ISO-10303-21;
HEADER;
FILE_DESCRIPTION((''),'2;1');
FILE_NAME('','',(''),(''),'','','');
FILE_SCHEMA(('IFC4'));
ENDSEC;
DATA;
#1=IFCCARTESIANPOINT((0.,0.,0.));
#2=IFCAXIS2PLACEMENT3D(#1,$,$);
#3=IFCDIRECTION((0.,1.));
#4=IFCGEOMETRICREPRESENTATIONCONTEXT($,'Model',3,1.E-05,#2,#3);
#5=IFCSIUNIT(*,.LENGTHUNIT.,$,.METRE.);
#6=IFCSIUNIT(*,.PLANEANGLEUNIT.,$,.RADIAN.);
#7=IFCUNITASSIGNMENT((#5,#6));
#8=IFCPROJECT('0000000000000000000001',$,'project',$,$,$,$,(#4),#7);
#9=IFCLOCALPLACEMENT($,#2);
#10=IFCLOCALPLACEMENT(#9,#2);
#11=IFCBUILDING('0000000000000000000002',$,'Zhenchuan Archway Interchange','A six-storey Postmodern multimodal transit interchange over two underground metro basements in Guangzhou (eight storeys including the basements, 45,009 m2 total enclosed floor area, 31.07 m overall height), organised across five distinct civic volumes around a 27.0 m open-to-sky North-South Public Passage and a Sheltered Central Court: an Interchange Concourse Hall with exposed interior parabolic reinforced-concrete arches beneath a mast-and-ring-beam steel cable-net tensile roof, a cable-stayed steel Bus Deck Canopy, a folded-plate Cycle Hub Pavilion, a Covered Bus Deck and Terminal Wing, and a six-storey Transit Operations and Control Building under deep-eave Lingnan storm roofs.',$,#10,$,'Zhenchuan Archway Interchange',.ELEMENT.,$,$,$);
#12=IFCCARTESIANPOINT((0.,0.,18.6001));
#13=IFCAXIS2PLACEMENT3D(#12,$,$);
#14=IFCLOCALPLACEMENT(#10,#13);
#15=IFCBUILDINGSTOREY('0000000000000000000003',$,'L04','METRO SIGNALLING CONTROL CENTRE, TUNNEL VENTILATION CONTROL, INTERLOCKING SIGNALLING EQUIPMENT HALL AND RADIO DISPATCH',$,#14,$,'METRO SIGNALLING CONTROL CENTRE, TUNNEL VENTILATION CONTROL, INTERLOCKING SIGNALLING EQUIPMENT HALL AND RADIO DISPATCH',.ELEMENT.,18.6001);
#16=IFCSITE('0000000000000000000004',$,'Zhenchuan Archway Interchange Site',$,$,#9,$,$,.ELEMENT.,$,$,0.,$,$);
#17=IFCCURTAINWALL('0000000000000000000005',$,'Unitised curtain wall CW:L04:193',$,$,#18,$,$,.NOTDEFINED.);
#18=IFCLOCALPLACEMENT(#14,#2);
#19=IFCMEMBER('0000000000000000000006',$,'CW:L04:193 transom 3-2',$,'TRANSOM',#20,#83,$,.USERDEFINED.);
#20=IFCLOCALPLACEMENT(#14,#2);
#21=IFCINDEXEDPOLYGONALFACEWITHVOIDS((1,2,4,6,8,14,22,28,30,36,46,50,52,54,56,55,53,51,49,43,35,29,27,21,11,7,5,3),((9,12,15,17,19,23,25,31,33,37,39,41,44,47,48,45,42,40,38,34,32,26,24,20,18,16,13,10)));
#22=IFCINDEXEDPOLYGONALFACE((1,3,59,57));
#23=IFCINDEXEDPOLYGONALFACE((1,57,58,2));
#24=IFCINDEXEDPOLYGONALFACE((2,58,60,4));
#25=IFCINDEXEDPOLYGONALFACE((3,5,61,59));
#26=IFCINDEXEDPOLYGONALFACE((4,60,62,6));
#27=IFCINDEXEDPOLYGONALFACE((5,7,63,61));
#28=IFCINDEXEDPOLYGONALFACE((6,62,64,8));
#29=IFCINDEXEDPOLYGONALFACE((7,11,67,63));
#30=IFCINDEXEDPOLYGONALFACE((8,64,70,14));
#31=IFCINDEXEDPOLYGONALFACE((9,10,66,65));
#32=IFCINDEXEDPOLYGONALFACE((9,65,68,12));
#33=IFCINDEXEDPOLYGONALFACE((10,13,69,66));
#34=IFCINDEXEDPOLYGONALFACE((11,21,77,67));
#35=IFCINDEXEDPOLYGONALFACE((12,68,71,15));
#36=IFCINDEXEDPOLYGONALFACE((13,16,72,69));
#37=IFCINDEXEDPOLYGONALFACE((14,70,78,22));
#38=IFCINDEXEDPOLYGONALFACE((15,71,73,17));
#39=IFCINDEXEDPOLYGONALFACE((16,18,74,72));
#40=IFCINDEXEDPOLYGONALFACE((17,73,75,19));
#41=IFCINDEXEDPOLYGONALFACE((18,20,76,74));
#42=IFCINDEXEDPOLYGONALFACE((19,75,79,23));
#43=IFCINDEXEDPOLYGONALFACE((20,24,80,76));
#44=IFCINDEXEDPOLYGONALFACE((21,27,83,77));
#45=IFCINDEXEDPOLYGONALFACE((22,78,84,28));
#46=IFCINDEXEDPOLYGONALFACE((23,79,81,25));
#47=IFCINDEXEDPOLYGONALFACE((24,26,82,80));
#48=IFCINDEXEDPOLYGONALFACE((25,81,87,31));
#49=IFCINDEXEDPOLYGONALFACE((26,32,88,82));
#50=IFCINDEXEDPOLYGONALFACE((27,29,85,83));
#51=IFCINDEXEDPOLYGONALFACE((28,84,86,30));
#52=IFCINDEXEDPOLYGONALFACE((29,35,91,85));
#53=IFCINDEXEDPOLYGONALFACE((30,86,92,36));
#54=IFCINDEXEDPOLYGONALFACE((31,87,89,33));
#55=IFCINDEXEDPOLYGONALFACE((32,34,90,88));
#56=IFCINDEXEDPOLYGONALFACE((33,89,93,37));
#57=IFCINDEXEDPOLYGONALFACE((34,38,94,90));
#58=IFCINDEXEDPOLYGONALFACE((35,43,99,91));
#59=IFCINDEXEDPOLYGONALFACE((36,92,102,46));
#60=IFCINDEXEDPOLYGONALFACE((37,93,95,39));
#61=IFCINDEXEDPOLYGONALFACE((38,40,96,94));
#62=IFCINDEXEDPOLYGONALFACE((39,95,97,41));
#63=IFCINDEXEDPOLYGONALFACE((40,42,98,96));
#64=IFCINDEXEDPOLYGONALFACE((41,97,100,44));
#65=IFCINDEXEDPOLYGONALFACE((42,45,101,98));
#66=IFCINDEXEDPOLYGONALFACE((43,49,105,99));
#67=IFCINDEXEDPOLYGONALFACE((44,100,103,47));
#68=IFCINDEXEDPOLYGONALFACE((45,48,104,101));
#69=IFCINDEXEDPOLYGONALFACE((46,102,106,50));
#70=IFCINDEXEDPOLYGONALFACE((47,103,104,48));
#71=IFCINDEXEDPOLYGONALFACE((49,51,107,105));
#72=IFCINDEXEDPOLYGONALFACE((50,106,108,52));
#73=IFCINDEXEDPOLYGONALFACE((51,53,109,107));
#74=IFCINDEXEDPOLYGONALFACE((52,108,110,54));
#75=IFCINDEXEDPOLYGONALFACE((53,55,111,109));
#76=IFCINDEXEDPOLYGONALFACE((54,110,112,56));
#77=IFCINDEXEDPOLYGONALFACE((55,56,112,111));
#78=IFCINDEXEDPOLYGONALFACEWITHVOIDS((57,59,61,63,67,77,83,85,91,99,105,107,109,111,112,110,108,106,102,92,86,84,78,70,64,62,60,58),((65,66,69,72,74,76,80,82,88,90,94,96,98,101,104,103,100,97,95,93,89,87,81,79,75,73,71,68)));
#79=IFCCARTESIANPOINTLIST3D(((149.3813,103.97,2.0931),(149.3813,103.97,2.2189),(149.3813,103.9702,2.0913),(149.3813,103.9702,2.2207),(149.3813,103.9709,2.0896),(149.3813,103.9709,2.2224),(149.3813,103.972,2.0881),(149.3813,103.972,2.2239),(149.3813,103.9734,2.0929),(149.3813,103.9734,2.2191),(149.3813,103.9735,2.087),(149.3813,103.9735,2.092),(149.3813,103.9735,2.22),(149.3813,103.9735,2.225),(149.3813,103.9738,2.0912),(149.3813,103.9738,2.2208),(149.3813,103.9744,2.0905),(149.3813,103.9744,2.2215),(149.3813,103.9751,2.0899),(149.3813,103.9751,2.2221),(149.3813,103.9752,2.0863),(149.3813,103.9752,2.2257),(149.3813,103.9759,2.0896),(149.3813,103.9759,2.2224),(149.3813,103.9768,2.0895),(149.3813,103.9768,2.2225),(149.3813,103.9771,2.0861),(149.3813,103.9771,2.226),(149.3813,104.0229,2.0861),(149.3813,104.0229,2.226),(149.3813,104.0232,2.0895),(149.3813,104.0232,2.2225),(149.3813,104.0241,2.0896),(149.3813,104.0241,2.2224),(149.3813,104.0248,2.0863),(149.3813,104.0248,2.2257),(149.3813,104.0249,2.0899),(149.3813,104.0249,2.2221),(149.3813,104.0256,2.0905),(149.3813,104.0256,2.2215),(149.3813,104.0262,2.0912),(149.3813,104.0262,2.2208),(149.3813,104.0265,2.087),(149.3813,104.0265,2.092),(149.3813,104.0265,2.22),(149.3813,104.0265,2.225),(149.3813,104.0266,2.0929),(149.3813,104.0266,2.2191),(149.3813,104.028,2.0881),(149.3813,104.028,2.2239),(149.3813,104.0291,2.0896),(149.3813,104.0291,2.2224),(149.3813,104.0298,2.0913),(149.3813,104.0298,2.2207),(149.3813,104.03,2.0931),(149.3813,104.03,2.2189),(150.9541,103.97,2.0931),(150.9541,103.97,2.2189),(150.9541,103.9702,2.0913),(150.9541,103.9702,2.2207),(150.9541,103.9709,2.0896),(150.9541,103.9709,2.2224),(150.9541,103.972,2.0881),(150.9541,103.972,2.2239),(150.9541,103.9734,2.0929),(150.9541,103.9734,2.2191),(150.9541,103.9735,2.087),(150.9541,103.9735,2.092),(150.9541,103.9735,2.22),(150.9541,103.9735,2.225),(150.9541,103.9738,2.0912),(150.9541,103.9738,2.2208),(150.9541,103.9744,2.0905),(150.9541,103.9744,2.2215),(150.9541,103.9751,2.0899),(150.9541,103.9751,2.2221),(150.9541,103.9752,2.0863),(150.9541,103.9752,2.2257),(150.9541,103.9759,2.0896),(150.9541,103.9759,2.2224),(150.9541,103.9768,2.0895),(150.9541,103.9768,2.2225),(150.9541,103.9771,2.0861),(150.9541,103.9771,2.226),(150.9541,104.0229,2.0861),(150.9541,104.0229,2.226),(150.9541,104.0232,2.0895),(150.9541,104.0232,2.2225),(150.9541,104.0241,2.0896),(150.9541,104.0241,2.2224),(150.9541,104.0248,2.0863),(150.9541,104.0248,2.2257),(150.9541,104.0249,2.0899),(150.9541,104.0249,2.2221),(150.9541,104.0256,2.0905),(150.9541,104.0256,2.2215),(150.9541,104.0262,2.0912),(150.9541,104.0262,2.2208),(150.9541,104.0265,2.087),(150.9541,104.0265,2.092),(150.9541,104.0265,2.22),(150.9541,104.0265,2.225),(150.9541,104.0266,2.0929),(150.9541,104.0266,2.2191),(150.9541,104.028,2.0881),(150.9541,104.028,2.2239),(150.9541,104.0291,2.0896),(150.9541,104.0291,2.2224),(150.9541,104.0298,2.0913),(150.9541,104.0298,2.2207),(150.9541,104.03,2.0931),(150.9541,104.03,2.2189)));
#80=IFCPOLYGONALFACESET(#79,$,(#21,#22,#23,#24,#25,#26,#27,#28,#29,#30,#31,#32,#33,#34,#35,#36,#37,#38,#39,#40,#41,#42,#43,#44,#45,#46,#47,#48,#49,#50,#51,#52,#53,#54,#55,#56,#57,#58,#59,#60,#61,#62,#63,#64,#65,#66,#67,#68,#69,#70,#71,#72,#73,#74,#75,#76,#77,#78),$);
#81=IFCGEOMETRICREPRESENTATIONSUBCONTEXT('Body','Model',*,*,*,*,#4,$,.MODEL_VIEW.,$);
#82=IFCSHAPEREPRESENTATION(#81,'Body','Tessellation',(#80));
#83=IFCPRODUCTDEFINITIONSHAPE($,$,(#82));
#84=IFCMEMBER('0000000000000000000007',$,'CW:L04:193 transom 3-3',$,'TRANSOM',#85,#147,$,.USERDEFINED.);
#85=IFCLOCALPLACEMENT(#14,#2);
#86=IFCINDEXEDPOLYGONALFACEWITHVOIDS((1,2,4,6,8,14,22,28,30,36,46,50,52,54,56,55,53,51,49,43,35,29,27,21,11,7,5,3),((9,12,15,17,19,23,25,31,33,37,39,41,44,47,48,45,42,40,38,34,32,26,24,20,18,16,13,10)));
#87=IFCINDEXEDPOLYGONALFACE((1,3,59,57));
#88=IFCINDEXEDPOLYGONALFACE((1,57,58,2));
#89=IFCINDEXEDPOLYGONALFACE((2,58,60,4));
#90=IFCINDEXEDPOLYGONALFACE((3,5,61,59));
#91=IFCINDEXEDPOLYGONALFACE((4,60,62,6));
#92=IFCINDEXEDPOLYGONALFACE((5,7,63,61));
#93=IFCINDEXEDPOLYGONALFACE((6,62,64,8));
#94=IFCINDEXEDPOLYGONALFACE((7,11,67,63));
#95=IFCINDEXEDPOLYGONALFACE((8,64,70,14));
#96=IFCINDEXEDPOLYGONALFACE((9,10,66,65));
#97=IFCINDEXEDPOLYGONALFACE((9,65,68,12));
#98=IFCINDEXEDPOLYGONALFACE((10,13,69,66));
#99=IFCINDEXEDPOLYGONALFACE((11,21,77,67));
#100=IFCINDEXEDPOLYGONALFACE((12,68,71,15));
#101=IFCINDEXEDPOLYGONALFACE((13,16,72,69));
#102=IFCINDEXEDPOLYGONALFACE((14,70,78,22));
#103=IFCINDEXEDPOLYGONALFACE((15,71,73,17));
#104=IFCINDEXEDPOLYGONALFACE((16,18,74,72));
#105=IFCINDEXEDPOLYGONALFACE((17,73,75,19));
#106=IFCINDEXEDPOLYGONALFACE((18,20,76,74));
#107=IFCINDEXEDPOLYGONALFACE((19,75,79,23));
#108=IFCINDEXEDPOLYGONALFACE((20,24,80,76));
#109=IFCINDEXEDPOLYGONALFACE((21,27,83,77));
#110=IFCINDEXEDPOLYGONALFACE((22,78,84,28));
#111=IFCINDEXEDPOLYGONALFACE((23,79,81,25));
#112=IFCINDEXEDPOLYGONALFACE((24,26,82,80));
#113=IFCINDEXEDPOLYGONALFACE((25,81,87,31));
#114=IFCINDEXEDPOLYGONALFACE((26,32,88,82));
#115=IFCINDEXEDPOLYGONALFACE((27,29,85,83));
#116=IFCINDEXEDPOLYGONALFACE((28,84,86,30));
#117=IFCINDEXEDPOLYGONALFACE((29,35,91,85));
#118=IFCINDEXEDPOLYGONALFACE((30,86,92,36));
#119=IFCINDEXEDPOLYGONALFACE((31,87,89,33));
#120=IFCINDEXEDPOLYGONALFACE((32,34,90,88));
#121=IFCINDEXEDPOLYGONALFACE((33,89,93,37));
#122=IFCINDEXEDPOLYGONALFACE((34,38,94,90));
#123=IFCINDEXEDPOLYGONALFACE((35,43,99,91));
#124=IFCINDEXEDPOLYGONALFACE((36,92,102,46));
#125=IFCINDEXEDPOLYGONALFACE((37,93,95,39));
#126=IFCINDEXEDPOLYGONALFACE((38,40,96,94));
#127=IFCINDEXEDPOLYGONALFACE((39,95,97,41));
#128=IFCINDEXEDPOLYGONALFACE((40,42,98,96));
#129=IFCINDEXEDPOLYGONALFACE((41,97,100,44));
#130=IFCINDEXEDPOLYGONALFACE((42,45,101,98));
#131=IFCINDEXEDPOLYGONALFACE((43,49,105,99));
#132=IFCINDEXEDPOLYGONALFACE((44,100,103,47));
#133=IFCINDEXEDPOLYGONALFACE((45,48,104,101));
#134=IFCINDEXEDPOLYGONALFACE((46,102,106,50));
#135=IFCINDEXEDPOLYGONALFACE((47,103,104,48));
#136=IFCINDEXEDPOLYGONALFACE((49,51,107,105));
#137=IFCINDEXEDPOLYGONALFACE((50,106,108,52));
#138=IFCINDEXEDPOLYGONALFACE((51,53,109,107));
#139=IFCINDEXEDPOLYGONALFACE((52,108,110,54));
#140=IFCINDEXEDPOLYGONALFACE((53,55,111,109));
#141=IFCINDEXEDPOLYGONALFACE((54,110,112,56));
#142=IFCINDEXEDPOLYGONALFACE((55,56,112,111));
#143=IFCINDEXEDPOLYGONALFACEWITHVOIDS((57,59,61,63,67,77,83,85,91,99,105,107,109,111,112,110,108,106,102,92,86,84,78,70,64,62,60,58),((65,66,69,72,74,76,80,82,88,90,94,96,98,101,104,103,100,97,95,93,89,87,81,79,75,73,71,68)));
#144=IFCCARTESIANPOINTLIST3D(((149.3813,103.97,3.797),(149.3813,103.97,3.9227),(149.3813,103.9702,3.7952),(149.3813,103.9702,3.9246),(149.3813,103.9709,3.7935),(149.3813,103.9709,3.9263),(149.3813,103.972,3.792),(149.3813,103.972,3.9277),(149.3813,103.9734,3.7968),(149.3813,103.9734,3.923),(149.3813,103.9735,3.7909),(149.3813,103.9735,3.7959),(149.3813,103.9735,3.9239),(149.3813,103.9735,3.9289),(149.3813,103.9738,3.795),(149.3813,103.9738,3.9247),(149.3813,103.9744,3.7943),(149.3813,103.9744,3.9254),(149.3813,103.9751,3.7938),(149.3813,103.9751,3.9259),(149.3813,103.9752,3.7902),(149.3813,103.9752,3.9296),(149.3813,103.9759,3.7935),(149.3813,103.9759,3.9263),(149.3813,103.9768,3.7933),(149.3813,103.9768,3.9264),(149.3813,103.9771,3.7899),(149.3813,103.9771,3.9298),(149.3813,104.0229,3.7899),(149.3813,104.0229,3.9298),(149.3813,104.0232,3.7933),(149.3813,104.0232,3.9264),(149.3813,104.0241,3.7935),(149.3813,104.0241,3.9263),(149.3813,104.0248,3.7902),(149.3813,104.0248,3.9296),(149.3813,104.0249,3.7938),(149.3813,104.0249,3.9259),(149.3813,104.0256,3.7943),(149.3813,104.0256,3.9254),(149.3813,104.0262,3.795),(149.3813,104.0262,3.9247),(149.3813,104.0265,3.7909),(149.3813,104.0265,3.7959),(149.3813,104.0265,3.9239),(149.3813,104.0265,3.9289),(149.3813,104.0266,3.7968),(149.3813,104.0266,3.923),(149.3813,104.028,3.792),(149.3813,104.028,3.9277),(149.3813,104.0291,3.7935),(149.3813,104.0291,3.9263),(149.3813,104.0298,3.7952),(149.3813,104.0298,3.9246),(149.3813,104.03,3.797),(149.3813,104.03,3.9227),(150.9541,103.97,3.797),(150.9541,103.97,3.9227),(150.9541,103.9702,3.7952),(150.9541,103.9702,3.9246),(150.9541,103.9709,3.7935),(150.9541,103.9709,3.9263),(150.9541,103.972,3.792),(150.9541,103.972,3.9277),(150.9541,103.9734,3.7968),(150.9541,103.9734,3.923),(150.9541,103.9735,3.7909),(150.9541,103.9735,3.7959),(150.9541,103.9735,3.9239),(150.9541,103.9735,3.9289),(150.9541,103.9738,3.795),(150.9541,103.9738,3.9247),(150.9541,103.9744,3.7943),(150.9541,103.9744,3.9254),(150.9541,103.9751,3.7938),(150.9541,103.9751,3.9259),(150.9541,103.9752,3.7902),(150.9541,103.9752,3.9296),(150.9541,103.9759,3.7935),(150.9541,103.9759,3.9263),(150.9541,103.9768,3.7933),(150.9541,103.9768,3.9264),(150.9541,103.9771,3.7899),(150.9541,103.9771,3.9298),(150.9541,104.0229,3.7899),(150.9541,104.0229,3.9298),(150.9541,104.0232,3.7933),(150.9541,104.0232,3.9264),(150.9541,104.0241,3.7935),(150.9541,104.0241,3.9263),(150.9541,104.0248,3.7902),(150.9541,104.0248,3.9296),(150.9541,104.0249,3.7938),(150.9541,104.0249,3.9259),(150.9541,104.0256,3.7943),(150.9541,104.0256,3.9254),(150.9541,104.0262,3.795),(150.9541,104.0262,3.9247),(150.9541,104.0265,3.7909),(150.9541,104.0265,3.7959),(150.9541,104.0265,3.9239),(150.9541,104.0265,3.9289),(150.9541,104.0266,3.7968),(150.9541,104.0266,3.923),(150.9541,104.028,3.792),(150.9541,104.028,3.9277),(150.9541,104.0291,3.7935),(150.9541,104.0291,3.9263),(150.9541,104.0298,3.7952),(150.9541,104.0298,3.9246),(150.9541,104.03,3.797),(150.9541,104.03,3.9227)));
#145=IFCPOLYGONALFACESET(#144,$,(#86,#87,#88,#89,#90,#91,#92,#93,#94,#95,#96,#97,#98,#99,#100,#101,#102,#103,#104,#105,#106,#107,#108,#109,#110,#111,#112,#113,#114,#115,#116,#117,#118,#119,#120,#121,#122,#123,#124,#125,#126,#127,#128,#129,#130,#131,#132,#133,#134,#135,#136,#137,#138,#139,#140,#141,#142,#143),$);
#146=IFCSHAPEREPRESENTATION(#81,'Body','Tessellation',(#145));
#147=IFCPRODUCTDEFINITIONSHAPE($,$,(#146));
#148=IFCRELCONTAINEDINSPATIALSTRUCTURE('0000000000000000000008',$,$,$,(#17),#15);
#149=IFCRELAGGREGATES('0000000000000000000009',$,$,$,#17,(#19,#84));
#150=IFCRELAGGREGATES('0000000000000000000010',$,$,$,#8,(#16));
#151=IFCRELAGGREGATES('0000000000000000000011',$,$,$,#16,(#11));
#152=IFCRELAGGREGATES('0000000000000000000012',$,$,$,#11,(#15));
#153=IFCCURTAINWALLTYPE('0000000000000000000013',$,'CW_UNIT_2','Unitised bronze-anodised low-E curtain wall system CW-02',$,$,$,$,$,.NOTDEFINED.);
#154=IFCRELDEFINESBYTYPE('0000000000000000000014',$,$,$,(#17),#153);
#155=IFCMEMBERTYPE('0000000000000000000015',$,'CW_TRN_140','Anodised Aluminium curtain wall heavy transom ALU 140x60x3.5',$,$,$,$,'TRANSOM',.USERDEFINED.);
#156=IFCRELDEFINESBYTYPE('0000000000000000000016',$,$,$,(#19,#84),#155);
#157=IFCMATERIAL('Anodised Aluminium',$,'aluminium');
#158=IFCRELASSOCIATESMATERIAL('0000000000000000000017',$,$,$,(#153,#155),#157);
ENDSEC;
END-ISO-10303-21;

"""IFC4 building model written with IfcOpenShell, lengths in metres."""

from ifc_helpers import new_model, si_unit, direction, frame, origin, origin_2d, place, context, subcontext, project, spatial, hollow_rectangle, extrude, material, material_profile, profile_set, type_object, element, aggregate, save


model = new_model("IFC4")

# Units and contexts
model_context = context("Model", 3, precision=1e-05, world=origin(), true_north=direction((0.0, 1.0)))
body_context = subcontext(model_context, "Body", "Model", "MODEL_VIEW")
ifc_project = project(units=[si_unit("LENGTHUNIT", "METRE"), si_unit("PLANEANGLEUNIT", "RADIAN")], contexts=[model_context])

# Site, building, storey
site_placement = place(None, origin())
site = spatial("IfcSite", under=ifc_project, at=site_placement, Name="Zhenchuan Archway Interchange Site", CompositionType="ELEMENT", RefElevation=0.0)
building_placement = place(site_placement, origin())
building = spatial("IfcBuilding", under=site, at=building_placement, Name="Zhenchuan Archway Interchange", Description="A six-storey Postmodern multimodal transit interchange over two underground metro basements in Guangzhou (eight storeys including the basements, 45,009 m2 total enclosed floor area, 31.07 m overall height), organised across five distinct civic volumes around a 27.0 m open-to-sky North-South Public Passage and a Sheltered Central Court: an Interchange Concourse Hall with exposed interior parabolic reinforced-concrete arches beneath a mast-and-ring-beam steel cable-net tensile roof, a cable-stayed steel Bus Deck Canopy, a folded-plate Cycle Hub Pavilion, a Covered Bus Deck and Terminal Wing, and a six-storey Transit Operations and Control Building under deep-eave Lingnan storm roofs.", LongName="Zhenchuan Archway Interchange", CompositionType="ELEMENT")
storey_placement = place(building_placement, frame((0.0, 0.0, 18.6001)))
storey = spatial("IfcBuildingStorey", under=building, at=storey_placement, Name="L04", Description="METRO SIGNALLING CONTROL CENTRE, TUNNEL VENTILATION CONTROL, INTERLOCKING SIGNALLING EQUIPMENT HALL AND RADIO DISPATCH", LongName="METRO SIGNALLING CONTROL CENTRE, TUNNEL VENTILATION CONTROL, INTERLOCKING SIGNALLING EQUIPMENT HALL AND RADIO DISPATCH", CompositionType="ELEMENT", Elevation=18.6001)

# Curtain wall, members
ifc_material_1 = material(Name="Anodised Aluminium", Category="aluminium")
curtain_wall_type = type_object("IfcCurtainWallType", Name="CW_UNIT_2", Description="Unitised bronze-anodised low-E curtain wall system CW-02", PredefinedType="NOTDEFINED", material=ifc_material_1)
curtain_wall_placement = place(storey_placement, origin())
curtain_wall = element("IfcCurtainWall", 1, at=curtain_wall_placement, inside=storey, type_object=curtain_wall_type, Name="Unitised curtain wall CW:L04:193", PredefinedType="NOTDEFINED")
ifc_material_profile_1 = material_profile(ifc_material_1, hollow_rectangle(XDim=0.0601, YDim=0.1399, WallThickness=0.0034, InnerFilletRadius=0.0034, OuterFilletRadius=0.0071, at=origin_2d()), Name="ALU 140x60x3.5")
ifc_profile_set_1 = profile_set([ifc_material_profile_1], Name="Anodised Aluminium")
member_type_1 = type_object("IfcMemberType", Name="CW_TRN_140", Description="Anodised Aluminium curtain wall heavy transom ALU 140x60x3.5", ElementType="TRANSOM", PredefinedType="USERDEFINED", material=ifc_profile_set_1)
member_1_placement = place(storey_placement, frame((149.3813, 104.0, 2.156), z_axis=(1.0, 0.0, 0.0), x_axis=(0.0, 1.0, 0.0)))
member_1 = element("IfcMember", 2, at=member_1_placement, type_object=member_type_1, Name="CW:L04:193 transom 3-2", ObjectType="TRANSOM", PredefinedType="USERDEFINED", context=body_context, shape_type="SweptSolid", body=[
    extrude(hollow_rectangle(XDim=0.0601, YDim=0.1399, WallThickness=0.0034, InnerFilletRadius=0.0034, OuterFilletRadius=0.0071, at=origin_2d()), origin(), (0.0, 0.0, 1.0), 1.5728),
])
member_2_placement = place(storey_placement, frame((149.3813, 104.0, 3.8599), z_axis=(1.0, 0.0, 0.0), x_axis=(0.0, 1.0, 0.0)))
member_2 = element("IfcMember", 3, at=member_2_placement, type_object=member_type_1, Name="CW:L04:193 transom 3-3", ObjectType="TRANSOM", PredefinedType="USERDEFINED", context=body_context, shape_type="SweptSolid", body=[
    extrude(hollow_rectangle(XDim=0.0601, YDim=0.1399, WallThickness=0.0034, InnerFilletRadius=0.0034, OuterFilletRadius=0.0071, at=origin_2d()), origin(), (0.0, 0.0, 1.0), 1.5728),
])
aggregate(curtain_wall, [member_1, member_2])

save(model, "model.ifc")
